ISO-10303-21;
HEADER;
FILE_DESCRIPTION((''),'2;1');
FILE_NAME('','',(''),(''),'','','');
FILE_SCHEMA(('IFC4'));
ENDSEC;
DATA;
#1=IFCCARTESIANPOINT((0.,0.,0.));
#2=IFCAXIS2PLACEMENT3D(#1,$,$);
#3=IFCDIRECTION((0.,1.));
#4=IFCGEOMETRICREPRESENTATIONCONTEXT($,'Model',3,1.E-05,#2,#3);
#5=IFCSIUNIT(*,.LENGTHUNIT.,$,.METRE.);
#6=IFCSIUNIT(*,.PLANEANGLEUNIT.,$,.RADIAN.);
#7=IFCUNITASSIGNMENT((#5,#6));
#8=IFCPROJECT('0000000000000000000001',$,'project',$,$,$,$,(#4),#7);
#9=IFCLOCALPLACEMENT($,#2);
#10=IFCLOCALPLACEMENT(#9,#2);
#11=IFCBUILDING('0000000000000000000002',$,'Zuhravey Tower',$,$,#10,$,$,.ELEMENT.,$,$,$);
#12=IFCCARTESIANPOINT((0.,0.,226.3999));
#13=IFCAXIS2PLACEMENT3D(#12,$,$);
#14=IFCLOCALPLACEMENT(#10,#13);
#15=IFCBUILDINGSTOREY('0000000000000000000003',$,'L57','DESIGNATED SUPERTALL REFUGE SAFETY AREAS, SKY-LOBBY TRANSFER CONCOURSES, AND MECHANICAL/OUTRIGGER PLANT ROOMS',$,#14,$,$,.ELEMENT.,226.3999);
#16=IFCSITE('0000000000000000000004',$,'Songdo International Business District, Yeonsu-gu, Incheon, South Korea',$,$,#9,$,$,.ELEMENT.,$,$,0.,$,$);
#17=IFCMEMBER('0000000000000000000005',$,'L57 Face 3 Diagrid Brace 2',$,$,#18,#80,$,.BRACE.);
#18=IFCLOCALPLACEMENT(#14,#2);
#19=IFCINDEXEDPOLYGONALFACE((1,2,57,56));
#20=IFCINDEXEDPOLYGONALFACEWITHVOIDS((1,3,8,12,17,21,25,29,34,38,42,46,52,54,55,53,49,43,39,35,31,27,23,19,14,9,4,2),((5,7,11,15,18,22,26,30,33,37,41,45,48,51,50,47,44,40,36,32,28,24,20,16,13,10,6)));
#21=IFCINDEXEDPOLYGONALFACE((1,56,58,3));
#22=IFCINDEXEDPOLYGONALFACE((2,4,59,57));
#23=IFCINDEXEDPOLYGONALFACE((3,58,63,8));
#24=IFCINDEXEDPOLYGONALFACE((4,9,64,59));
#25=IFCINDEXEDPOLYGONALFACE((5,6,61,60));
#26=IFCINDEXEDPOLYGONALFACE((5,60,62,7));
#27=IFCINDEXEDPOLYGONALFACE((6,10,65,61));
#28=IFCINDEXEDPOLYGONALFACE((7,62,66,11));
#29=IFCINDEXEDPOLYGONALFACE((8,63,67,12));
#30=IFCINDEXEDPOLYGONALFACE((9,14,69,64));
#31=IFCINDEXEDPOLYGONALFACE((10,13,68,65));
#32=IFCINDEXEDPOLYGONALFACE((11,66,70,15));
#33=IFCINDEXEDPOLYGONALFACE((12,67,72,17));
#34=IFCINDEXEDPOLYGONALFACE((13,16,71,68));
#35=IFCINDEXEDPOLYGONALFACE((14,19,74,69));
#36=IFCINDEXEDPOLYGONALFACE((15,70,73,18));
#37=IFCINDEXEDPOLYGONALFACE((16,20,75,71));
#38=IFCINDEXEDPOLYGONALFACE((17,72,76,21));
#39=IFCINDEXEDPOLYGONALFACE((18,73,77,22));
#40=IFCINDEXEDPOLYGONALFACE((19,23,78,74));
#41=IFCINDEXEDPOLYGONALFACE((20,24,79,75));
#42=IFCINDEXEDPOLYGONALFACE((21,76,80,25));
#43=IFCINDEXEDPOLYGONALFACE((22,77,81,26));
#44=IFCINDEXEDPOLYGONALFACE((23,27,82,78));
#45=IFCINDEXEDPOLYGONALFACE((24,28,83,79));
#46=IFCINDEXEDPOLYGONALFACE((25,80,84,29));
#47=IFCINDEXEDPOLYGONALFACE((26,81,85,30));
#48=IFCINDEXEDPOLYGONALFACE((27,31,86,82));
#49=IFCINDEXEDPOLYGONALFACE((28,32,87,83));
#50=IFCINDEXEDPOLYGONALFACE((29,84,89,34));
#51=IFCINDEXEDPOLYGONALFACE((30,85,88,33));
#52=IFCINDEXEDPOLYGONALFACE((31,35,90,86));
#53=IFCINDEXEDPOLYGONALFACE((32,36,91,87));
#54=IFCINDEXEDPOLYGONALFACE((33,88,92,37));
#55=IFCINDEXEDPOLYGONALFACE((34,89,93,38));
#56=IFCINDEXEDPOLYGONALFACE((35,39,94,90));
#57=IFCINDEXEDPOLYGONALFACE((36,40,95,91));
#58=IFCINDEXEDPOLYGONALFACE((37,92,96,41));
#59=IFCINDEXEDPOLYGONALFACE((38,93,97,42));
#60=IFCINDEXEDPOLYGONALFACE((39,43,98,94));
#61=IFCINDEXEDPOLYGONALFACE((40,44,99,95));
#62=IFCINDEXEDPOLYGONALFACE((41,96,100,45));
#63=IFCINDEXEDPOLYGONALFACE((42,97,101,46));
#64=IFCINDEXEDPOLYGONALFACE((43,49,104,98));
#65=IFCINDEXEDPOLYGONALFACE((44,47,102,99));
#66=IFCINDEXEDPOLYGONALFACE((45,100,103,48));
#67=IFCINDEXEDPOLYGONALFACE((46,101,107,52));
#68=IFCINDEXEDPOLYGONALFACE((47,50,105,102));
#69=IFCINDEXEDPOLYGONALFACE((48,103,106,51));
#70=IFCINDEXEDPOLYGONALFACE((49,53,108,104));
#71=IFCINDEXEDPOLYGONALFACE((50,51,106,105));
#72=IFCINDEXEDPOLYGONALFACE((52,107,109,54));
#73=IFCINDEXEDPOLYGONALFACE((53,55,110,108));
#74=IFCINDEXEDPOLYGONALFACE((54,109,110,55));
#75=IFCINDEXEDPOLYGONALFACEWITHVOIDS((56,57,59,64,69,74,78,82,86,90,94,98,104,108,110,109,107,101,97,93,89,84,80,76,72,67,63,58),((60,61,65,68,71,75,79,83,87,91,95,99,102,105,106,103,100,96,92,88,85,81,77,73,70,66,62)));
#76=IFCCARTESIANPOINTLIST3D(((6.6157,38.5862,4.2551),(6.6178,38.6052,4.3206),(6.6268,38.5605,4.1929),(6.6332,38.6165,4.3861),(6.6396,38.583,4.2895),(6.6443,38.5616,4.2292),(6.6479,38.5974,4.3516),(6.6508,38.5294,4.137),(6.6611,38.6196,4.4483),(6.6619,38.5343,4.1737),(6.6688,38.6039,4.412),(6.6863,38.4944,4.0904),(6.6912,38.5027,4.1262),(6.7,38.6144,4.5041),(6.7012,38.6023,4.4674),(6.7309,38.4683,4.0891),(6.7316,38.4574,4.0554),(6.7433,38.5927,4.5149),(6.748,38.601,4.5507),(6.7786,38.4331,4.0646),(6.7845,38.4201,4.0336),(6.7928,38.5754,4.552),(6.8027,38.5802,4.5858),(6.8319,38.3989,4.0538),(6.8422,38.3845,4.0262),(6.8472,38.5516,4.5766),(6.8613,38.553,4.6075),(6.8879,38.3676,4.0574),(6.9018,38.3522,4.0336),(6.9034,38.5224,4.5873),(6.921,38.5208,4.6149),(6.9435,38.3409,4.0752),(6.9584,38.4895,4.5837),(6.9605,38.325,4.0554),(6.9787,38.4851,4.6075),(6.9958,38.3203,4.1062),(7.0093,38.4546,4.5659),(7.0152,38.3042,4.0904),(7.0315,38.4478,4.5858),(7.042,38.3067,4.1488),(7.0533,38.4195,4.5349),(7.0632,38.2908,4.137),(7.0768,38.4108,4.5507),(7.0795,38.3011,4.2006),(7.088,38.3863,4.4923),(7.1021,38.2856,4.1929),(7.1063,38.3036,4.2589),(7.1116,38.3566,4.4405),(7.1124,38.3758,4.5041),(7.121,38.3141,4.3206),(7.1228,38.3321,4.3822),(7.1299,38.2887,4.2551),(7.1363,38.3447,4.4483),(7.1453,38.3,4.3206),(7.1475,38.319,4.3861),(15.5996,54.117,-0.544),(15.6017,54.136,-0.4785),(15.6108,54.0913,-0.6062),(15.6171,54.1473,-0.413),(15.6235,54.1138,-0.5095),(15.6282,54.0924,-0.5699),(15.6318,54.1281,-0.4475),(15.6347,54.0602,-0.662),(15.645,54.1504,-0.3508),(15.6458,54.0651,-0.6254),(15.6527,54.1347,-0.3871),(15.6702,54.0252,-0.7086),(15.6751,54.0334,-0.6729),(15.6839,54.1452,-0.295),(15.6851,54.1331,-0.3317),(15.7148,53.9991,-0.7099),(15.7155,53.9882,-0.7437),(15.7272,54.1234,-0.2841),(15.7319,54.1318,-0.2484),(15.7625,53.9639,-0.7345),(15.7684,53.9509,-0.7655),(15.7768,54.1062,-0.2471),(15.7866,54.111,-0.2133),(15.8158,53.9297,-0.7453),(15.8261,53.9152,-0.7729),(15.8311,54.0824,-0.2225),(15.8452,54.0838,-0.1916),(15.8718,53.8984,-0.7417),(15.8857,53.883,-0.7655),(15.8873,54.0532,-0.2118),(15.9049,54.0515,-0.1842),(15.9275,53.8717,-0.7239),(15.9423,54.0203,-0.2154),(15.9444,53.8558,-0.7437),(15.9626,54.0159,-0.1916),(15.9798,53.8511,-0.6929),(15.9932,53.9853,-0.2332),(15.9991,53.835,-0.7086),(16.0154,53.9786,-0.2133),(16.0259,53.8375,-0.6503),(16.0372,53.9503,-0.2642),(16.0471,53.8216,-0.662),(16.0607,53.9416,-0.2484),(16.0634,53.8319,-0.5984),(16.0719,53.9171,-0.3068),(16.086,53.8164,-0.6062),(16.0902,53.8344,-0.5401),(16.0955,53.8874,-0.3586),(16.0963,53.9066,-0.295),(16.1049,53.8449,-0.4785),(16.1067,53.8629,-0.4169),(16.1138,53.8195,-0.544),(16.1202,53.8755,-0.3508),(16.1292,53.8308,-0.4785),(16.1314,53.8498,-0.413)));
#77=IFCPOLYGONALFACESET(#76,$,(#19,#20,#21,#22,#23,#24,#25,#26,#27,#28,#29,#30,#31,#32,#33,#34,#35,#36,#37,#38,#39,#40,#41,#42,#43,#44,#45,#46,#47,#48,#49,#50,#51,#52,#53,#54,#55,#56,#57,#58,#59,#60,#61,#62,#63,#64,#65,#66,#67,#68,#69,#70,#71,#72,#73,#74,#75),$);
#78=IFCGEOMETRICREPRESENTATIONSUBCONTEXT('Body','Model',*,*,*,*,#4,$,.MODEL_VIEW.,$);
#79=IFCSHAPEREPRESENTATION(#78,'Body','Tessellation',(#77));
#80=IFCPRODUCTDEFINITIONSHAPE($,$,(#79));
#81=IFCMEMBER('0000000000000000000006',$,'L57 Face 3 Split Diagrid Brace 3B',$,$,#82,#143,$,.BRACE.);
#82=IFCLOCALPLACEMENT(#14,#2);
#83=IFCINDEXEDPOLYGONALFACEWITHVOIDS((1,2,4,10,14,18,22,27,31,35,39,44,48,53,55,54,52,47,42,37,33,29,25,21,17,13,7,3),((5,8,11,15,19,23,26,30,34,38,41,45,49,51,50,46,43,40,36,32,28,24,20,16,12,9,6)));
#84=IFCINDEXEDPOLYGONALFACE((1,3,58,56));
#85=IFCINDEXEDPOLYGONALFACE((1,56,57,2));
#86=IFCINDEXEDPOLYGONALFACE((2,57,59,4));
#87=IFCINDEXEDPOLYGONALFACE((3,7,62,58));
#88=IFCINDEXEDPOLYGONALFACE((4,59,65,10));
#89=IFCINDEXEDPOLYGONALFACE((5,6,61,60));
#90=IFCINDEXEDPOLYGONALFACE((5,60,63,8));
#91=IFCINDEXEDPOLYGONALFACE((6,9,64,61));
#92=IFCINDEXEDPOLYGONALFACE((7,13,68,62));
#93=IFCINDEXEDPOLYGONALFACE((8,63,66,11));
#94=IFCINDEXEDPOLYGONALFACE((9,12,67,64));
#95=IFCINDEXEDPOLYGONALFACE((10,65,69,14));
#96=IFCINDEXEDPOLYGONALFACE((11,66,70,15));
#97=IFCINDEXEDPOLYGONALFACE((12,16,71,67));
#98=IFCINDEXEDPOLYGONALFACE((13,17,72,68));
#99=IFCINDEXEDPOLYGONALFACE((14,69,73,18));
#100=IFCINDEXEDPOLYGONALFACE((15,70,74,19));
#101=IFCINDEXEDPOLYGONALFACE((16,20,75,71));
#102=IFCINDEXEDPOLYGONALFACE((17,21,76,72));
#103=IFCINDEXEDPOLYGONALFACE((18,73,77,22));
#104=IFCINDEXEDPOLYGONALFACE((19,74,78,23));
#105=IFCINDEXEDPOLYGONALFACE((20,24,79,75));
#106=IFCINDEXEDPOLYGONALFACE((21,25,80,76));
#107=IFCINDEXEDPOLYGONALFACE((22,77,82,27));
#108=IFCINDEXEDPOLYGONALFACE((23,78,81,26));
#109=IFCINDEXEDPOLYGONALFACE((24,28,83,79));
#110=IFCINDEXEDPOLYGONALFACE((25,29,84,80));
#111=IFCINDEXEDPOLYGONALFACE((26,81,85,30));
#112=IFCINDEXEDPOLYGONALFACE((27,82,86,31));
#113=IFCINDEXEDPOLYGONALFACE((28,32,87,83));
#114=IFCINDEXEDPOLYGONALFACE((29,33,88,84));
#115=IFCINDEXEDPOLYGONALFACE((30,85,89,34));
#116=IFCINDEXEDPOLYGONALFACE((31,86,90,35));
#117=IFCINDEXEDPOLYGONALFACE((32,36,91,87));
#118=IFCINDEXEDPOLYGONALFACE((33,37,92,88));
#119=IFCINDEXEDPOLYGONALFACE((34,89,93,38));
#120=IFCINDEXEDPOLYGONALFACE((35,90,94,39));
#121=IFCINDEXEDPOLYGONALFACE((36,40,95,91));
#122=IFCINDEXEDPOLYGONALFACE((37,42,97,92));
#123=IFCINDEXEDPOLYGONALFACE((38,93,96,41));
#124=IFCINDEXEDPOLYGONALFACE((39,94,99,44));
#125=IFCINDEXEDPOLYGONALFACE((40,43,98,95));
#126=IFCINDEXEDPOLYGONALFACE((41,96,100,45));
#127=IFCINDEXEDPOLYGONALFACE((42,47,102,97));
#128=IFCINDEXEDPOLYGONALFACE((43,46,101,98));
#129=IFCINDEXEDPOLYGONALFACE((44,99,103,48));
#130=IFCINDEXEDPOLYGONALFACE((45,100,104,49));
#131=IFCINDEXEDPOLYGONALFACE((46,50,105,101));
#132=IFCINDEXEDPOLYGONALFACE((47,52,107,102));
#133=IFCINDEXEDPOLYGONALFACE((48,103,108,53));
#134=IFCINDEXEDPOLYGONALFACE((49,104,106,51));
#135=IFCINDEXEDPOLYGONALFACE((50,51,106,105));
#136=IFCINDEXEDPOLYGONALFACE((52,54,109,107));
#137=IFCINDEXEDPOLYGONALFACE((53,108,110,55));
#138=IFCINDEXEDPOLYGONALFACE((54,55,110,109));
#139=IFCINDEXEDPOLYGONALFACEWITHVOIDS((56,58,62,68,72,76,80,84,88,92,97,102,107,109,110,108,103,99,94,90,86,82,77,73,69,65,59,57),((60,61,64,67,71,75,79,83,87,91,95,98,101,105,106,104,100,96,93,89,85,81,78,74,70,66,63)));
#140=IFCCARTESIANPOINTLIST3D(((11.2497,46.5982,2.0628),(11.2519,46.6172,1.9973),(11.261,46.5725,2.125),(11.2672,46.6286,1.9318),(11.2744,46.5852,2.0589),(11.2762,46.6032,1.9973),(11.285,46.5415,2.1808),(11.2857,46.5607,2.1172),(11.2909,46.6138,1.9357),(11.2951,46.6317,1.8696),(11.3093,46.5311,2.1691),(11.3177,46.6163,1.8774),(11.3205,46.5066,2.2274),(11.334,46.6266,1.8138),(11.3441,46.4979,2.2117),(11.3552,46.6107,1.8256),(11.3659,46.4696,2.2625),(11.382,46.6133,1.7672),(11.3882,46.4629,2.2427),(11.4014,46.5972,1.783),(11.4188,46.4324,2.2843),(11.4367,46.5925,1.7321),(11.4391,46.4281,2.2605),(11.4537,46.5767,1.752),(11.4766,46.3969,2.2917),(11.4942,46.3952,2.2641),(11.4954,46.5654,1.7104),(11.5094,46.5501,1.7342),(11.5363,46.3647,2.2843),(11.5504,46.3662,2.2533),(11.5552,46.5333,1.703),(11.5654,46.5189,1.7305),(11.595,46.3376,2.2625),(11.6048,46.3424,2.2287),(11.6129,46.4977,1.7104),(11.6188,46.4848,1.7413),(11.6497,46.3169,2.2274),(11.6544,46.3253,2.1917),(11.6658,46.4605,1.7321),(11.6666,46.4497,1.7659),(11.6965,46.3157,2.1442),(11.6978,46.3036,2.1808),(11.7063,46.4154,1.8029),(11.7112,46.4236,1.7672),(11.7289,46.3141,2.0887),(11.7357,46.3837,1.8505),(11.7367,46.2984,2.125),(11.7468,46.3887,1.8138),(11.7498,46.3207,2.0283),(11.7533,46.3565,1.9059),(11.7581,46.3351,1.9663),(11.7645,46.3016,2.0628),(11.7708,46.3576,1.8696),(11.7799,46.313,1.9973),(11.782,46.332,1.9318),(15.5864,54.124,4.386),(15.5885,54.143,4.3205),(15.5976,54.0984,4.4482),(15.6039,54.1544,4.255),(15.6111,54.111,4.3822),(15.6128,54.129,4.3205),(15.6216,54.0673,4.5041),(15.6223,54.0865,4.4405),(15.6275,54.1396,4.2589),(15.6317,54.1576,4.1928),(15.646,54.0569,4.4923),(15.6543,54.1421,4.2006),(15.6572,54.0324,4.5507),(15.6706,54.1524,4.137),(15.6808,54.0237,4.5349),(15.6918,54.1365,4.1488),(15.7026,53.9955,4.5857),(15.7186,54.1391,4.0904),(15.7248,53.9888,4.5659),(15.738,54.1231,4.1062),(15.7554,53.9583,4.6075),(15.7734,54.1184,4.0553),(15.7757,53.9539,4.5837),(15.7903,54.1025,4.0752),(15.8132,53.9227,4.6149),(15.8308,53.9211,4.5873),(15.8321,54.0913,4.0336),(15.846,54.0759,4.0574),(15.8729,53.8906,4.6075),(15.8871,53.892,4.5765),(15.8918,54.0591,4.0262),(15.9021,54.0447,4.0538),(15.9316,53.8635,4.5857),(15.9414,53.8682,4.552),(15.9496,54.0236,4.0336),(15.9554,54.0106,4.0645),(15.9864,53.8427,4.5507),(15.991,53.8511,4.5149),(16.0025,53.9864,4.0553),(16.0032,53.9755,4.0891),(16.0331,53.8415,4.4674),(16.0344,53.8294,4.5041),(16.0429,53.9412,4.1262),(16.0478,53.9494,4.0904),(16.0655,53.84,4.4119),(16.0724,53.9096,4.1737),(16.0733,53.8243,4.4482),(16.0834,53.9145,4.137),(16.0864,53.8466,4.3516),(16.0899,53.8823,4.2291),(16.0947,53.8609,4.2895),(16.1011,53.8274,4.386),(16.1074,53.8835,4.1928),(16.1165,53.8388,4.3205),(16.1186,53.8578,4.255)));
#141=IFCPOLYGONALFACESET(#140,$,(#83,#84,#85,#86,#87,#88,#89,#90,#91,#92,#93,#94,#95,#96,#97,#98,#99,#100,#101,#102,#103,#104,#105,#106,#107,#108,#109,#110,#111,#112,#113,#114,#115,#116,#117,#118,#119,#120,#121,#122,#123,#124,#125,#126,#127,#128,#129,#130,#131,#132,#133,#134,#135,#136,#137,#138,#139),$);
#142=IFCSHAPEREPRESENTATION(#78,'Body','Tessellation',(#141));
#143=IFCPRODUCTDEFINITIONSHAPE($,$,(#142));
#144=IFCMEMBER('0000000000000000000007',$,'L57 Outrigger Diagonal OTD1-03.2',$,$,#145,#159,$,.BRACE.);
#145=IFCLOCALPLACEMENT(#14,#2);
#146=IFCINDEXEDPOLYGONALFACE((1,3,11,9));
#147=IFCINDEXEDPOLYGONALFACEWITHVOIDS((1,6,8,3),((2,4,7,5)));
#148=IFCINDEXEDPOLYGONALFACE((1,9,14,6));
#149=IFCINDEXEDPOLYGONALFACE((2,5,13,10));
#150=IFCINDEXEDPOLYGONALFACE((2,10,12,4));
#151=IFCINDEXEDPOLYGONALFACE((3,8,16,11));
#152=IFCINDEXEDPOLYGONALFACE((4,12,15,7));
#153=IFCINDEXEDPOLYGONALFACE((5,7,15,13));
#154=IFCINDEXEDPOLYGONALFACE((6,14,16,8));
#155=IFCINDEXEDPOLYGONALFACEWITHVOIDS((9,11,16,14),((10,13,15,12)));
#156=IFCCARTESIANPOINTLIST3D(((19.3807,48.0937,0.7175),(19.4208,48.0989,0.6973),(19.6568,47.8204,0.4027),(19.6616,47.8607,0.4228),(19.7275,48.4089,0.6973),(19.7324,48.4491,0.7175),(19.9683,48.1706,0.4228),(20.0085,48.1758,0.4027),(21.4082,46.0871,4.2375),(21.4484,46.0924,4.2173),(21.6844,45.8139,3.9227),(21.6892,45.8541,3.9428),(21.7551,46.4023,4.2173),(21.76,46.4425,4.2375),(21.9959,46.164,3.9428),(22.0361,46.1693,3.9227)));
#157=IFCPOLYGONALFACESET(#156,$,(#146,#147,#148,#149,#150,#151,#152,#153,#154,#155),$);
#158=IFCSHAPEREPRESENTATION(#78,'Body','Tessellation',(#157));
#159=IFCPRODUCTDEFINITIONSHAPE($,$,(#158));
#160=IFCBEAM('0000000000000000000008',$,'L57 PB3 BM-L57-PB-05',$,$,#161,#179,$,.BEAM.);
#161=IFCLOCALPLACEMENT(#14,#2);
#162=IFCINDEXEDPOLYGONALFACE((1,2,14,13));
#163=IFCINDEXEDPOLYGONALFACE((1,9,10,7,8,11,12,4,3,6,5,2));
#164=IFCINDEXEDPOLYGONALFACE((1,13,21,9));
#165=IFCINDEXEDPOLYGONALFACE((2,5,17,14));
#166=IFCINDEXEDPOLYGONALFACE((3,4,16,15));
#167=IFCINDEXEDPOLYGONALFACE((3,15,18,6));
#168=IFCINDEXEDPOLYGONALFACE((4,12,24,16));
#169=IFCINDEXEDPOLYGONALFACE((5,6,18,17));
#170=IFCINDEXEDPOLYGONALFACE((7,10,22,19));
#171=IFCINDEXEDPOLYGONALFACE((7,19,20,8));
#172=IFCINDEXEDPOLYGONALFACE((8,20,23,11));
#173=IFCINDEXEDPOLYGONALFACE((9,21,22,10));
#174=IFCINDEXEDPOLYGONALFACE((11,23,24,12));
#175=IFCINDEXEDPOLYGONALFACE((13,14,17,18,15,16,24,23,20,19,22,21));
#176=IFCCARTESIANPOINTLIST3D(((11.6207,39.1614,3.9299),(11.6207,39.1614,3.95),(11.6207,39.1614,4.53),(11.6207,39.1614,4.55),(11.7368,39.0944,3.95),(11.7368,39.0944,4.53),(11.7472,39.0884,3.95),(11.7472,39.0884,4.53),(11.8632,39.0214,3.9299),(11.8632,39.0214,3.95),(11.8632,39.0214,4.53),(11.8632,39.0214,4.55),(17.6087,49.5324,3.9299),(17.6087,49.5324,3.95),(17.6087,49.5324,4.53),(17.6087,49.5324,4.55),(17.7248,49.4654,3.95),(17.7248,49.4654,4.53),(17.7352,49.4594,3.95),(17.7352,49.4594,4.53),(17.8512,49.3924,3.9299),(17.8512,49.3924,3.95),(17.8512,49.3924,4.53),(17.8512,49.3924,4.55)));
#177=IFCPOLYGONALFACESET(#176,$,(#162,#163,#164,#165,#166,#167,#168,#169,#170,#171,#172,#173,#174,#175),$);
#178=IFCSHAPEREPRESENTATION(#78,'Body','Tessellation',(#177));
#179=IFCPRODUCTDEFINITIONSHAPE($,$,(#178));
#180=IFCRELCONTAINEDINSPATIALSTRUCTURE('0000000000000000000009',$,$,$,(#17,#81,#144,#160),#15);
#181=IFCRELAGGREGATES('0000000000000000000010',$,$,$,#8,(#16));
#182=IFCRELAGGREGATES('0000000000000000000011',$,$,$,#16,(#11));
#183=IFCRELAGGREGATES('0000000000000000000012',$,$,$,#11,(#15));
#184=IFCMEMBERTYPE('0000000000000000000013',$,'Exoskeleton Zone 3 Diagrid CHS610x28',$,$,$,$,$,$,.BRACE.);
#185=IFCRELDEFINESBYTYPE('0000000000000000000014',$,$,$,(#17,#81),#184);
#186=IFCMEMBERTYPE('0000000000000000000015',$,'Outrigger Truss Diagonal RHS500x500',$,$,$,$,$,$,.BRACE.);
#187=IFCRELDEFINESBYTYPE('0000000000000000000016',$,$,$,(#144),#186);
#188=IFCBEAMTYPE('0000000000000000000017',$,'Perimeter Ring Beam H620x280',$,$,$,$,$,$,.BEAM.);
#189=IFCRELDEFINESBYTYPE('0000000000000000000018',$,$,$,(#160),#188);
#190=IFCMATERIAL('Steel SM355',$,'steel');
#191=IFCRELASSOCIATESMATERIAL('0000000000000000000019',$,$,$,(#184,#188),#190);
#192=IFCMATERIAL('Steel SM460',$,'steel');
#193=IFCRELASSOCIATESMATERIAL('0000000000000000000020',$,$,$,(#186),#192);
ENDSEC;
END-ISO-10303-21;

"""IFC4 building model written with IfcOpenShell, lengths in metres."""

from ifc_helpers import new_model, si_unit, direction, frame, origin, origin_2d, place, context, subcontext, project, spatial, hollow_rectangle, hollow_circle, i_section, extrude, material, material_profile, profile_set, type_object, element, save


model = new_model("IFC4")

# Units and contexts
model_context = context("Model", 3, precision=1e-05, world=origin(), true_north=direction((0.0, 1.0)))
body_context = subcontext(model_context, "Body", "Model", "MODEL_VIEW")
ifc_project = project(units=[si_unit("LENGTHUNIT", "METRE"), si_unit("PLANEANGLEUNIT", "RADIAN")], contexts=[model_context])

# Site, building, storey
site_placement = place(None, origin())
site = spatial("IfcSite", under=ifc_project, at=site_placement, Name="Songdo International Business District, Yeonsu-gu, Incheon, South Korea", CompositionType="ELEMENT", RefElevation=0.0)
building_placement = place(site_placement, origin())
building = spatial("IfcBuilding", under=site, at=building_placement, Name="Zuhravey Tower", CompositionType="ELEMENT")
storey_placement = place(building_placement, frame((0.0, 0.0, 226.3999)))
storey = spatial("IfcBuildingStorey", under=building, at=storey_placement, Name="L57", Description="DESIGNATED SUPERTALL REFUGE SAFETY AREAS, SKY-LOBBY TRANSFER CONCOURSES, AND MECHANICAL/OUTRIGGER PLANT ROOMS", CompositionType="ELEMENT", Elevation=226.3999)

# Shared definitions
ifc_material_1 = material(Name="Steel SM355", Category="steel")

# Shared definitions
ifc_material_2 = material(Name="Steel SM460", Category="steel")

# Members
ifc_material_profile_1 = material_profile(ifc_material_1, hollow_circle(Radius=0.3047, WallThickness=0.0281, at=origin_2d()), Name="CHS-609.6x28")
ifc_profile_set_1 = profile_set([ifc_material_profile_1], Name="Steel SM355")
member_type_1 = type_object("IfcMemberType", Name="Exoskeleton Zone 3 Diagrid CHS610x28", PredefinedType="BRACE", material=ifc_profile_set_1)
member_1_placement = place(storey_placement, frame((15.8655, 53.9834, -0.4785), z_axis=(-0.483714, -0.836214, 0.258394), x_axis=(0.86561, -0.500719, 0.0)))
element("IfcMember", 1, at=member_1_placement, inside=storey, type_object=member_type_1, Name="L57 Face 3 Diagrid Brace 2", PredefinedType="BRACE", context=body_context, shape_type="SweptSolid", body=[
    extrude(hollow_circle(Radius=0.3047, WallThickness=0.0281, at=origin_2d()), origin(), (0.0, 0.0, 1.0), 18.5728),
])
member_2_placement = place(storey_placement, frame((11.5159, 46.4651, 1.9973), z_axis=(0.48232, 0.83702, 0.258389), x_axis=(-0.866444, 0.499275, 0.0)))
element("IfcMember", 2, at=member_2_placement, inside=storey, type_object=member_type_1, Name="L57 Face 3 Split Diagrid Brace 3B", PredefinedType="BRACE", context=body_context, shape_type="SweptSolid", body=[
    extrude(hollow_circle(Radius=0.3047, WallThickness=0.0281, at=origin_2d()), origin(), (0.0, 0.0, 1.0), 8.9912),
])
ifc_material_profile_2 = material_profile(ifc_material_2, hollow_rectangle(XDim=0.5, YDim=0.5, WallThickness=0.032, at=origin_2d()), Name="RHS-500x500x32")
ifc_profile_set_2 = profile_set([ifc_material_profile_2], Name="Steel SM460")
member_type_2 = type_object("IfcMemberType", Name="Outrigger Truss Diagonal RHS500x500", PredefinedType="BRACE", material=ifc_profile_set_2)
member_3_placement = place(storey_placement, frame((19.6946, 48.1348, 0.5601), z_axis=(0.447513, -0.442879, 0.776911), x_axis=(0.703417, 0.710777, 0.0)))
element("IfcMember", 3, at=member_3_placement, inside=storey, type_object=member_type_2, Name="L57 Outrigger Diagonal OTD1-03.2", PredefinedType="BRACE", context=body_context, shape_type="SweptSolid", body=[
    extrude(hollow_rectangle(XDim=0.5, YDim=0.5, WallThickness=0.032, at=origin_2d()), origin(), (0.0, 0.0, 1.0), 4.5308),
])

# Beam
ifc_material_profile_3 = material_profile(ifc_material_1, i_section(OverallWidth=0.28, OverallDepth=0.6201, WebThickness=0.012, FlangeThickness=0.02, at=origin_2d()), Name="H-620x280x12x20")
ifc_profile_set_3 = profile_set([ifc_material_profile_3], Name="Steel SM355")
beam_type_1 = type_object("IfcBeamType", Name="Perimeter Ring Beam H620x280", PredefinedType="BEAM", material=ifc_profile_set_3)
beam_1_placement = place(storey_placement, frame((17.73, 49.4624, 4.24), z_axis=(-0.500018, -0.866015, 0.0), x_axis=(0.866015, -0.500018, 0.0)))
element("IfcBeam", 4, at=beam_1_placement, inside=storey, type_object=beam_type_1, Name="L57 PB3 BM-L57-PB-05", PredefinedType="BEAM", context=body_context, shape_type="SweptSolid", body=[
    extrude(i_section(OverallWidth=0.28, OverallDepth=0.6201, WebThickness=0.012, FlangeThickness=0.02, at=origin_2d()), origin(), (0.0, 0.0, 1.0), 11.9756),
])

save(model, "model.ifc")
